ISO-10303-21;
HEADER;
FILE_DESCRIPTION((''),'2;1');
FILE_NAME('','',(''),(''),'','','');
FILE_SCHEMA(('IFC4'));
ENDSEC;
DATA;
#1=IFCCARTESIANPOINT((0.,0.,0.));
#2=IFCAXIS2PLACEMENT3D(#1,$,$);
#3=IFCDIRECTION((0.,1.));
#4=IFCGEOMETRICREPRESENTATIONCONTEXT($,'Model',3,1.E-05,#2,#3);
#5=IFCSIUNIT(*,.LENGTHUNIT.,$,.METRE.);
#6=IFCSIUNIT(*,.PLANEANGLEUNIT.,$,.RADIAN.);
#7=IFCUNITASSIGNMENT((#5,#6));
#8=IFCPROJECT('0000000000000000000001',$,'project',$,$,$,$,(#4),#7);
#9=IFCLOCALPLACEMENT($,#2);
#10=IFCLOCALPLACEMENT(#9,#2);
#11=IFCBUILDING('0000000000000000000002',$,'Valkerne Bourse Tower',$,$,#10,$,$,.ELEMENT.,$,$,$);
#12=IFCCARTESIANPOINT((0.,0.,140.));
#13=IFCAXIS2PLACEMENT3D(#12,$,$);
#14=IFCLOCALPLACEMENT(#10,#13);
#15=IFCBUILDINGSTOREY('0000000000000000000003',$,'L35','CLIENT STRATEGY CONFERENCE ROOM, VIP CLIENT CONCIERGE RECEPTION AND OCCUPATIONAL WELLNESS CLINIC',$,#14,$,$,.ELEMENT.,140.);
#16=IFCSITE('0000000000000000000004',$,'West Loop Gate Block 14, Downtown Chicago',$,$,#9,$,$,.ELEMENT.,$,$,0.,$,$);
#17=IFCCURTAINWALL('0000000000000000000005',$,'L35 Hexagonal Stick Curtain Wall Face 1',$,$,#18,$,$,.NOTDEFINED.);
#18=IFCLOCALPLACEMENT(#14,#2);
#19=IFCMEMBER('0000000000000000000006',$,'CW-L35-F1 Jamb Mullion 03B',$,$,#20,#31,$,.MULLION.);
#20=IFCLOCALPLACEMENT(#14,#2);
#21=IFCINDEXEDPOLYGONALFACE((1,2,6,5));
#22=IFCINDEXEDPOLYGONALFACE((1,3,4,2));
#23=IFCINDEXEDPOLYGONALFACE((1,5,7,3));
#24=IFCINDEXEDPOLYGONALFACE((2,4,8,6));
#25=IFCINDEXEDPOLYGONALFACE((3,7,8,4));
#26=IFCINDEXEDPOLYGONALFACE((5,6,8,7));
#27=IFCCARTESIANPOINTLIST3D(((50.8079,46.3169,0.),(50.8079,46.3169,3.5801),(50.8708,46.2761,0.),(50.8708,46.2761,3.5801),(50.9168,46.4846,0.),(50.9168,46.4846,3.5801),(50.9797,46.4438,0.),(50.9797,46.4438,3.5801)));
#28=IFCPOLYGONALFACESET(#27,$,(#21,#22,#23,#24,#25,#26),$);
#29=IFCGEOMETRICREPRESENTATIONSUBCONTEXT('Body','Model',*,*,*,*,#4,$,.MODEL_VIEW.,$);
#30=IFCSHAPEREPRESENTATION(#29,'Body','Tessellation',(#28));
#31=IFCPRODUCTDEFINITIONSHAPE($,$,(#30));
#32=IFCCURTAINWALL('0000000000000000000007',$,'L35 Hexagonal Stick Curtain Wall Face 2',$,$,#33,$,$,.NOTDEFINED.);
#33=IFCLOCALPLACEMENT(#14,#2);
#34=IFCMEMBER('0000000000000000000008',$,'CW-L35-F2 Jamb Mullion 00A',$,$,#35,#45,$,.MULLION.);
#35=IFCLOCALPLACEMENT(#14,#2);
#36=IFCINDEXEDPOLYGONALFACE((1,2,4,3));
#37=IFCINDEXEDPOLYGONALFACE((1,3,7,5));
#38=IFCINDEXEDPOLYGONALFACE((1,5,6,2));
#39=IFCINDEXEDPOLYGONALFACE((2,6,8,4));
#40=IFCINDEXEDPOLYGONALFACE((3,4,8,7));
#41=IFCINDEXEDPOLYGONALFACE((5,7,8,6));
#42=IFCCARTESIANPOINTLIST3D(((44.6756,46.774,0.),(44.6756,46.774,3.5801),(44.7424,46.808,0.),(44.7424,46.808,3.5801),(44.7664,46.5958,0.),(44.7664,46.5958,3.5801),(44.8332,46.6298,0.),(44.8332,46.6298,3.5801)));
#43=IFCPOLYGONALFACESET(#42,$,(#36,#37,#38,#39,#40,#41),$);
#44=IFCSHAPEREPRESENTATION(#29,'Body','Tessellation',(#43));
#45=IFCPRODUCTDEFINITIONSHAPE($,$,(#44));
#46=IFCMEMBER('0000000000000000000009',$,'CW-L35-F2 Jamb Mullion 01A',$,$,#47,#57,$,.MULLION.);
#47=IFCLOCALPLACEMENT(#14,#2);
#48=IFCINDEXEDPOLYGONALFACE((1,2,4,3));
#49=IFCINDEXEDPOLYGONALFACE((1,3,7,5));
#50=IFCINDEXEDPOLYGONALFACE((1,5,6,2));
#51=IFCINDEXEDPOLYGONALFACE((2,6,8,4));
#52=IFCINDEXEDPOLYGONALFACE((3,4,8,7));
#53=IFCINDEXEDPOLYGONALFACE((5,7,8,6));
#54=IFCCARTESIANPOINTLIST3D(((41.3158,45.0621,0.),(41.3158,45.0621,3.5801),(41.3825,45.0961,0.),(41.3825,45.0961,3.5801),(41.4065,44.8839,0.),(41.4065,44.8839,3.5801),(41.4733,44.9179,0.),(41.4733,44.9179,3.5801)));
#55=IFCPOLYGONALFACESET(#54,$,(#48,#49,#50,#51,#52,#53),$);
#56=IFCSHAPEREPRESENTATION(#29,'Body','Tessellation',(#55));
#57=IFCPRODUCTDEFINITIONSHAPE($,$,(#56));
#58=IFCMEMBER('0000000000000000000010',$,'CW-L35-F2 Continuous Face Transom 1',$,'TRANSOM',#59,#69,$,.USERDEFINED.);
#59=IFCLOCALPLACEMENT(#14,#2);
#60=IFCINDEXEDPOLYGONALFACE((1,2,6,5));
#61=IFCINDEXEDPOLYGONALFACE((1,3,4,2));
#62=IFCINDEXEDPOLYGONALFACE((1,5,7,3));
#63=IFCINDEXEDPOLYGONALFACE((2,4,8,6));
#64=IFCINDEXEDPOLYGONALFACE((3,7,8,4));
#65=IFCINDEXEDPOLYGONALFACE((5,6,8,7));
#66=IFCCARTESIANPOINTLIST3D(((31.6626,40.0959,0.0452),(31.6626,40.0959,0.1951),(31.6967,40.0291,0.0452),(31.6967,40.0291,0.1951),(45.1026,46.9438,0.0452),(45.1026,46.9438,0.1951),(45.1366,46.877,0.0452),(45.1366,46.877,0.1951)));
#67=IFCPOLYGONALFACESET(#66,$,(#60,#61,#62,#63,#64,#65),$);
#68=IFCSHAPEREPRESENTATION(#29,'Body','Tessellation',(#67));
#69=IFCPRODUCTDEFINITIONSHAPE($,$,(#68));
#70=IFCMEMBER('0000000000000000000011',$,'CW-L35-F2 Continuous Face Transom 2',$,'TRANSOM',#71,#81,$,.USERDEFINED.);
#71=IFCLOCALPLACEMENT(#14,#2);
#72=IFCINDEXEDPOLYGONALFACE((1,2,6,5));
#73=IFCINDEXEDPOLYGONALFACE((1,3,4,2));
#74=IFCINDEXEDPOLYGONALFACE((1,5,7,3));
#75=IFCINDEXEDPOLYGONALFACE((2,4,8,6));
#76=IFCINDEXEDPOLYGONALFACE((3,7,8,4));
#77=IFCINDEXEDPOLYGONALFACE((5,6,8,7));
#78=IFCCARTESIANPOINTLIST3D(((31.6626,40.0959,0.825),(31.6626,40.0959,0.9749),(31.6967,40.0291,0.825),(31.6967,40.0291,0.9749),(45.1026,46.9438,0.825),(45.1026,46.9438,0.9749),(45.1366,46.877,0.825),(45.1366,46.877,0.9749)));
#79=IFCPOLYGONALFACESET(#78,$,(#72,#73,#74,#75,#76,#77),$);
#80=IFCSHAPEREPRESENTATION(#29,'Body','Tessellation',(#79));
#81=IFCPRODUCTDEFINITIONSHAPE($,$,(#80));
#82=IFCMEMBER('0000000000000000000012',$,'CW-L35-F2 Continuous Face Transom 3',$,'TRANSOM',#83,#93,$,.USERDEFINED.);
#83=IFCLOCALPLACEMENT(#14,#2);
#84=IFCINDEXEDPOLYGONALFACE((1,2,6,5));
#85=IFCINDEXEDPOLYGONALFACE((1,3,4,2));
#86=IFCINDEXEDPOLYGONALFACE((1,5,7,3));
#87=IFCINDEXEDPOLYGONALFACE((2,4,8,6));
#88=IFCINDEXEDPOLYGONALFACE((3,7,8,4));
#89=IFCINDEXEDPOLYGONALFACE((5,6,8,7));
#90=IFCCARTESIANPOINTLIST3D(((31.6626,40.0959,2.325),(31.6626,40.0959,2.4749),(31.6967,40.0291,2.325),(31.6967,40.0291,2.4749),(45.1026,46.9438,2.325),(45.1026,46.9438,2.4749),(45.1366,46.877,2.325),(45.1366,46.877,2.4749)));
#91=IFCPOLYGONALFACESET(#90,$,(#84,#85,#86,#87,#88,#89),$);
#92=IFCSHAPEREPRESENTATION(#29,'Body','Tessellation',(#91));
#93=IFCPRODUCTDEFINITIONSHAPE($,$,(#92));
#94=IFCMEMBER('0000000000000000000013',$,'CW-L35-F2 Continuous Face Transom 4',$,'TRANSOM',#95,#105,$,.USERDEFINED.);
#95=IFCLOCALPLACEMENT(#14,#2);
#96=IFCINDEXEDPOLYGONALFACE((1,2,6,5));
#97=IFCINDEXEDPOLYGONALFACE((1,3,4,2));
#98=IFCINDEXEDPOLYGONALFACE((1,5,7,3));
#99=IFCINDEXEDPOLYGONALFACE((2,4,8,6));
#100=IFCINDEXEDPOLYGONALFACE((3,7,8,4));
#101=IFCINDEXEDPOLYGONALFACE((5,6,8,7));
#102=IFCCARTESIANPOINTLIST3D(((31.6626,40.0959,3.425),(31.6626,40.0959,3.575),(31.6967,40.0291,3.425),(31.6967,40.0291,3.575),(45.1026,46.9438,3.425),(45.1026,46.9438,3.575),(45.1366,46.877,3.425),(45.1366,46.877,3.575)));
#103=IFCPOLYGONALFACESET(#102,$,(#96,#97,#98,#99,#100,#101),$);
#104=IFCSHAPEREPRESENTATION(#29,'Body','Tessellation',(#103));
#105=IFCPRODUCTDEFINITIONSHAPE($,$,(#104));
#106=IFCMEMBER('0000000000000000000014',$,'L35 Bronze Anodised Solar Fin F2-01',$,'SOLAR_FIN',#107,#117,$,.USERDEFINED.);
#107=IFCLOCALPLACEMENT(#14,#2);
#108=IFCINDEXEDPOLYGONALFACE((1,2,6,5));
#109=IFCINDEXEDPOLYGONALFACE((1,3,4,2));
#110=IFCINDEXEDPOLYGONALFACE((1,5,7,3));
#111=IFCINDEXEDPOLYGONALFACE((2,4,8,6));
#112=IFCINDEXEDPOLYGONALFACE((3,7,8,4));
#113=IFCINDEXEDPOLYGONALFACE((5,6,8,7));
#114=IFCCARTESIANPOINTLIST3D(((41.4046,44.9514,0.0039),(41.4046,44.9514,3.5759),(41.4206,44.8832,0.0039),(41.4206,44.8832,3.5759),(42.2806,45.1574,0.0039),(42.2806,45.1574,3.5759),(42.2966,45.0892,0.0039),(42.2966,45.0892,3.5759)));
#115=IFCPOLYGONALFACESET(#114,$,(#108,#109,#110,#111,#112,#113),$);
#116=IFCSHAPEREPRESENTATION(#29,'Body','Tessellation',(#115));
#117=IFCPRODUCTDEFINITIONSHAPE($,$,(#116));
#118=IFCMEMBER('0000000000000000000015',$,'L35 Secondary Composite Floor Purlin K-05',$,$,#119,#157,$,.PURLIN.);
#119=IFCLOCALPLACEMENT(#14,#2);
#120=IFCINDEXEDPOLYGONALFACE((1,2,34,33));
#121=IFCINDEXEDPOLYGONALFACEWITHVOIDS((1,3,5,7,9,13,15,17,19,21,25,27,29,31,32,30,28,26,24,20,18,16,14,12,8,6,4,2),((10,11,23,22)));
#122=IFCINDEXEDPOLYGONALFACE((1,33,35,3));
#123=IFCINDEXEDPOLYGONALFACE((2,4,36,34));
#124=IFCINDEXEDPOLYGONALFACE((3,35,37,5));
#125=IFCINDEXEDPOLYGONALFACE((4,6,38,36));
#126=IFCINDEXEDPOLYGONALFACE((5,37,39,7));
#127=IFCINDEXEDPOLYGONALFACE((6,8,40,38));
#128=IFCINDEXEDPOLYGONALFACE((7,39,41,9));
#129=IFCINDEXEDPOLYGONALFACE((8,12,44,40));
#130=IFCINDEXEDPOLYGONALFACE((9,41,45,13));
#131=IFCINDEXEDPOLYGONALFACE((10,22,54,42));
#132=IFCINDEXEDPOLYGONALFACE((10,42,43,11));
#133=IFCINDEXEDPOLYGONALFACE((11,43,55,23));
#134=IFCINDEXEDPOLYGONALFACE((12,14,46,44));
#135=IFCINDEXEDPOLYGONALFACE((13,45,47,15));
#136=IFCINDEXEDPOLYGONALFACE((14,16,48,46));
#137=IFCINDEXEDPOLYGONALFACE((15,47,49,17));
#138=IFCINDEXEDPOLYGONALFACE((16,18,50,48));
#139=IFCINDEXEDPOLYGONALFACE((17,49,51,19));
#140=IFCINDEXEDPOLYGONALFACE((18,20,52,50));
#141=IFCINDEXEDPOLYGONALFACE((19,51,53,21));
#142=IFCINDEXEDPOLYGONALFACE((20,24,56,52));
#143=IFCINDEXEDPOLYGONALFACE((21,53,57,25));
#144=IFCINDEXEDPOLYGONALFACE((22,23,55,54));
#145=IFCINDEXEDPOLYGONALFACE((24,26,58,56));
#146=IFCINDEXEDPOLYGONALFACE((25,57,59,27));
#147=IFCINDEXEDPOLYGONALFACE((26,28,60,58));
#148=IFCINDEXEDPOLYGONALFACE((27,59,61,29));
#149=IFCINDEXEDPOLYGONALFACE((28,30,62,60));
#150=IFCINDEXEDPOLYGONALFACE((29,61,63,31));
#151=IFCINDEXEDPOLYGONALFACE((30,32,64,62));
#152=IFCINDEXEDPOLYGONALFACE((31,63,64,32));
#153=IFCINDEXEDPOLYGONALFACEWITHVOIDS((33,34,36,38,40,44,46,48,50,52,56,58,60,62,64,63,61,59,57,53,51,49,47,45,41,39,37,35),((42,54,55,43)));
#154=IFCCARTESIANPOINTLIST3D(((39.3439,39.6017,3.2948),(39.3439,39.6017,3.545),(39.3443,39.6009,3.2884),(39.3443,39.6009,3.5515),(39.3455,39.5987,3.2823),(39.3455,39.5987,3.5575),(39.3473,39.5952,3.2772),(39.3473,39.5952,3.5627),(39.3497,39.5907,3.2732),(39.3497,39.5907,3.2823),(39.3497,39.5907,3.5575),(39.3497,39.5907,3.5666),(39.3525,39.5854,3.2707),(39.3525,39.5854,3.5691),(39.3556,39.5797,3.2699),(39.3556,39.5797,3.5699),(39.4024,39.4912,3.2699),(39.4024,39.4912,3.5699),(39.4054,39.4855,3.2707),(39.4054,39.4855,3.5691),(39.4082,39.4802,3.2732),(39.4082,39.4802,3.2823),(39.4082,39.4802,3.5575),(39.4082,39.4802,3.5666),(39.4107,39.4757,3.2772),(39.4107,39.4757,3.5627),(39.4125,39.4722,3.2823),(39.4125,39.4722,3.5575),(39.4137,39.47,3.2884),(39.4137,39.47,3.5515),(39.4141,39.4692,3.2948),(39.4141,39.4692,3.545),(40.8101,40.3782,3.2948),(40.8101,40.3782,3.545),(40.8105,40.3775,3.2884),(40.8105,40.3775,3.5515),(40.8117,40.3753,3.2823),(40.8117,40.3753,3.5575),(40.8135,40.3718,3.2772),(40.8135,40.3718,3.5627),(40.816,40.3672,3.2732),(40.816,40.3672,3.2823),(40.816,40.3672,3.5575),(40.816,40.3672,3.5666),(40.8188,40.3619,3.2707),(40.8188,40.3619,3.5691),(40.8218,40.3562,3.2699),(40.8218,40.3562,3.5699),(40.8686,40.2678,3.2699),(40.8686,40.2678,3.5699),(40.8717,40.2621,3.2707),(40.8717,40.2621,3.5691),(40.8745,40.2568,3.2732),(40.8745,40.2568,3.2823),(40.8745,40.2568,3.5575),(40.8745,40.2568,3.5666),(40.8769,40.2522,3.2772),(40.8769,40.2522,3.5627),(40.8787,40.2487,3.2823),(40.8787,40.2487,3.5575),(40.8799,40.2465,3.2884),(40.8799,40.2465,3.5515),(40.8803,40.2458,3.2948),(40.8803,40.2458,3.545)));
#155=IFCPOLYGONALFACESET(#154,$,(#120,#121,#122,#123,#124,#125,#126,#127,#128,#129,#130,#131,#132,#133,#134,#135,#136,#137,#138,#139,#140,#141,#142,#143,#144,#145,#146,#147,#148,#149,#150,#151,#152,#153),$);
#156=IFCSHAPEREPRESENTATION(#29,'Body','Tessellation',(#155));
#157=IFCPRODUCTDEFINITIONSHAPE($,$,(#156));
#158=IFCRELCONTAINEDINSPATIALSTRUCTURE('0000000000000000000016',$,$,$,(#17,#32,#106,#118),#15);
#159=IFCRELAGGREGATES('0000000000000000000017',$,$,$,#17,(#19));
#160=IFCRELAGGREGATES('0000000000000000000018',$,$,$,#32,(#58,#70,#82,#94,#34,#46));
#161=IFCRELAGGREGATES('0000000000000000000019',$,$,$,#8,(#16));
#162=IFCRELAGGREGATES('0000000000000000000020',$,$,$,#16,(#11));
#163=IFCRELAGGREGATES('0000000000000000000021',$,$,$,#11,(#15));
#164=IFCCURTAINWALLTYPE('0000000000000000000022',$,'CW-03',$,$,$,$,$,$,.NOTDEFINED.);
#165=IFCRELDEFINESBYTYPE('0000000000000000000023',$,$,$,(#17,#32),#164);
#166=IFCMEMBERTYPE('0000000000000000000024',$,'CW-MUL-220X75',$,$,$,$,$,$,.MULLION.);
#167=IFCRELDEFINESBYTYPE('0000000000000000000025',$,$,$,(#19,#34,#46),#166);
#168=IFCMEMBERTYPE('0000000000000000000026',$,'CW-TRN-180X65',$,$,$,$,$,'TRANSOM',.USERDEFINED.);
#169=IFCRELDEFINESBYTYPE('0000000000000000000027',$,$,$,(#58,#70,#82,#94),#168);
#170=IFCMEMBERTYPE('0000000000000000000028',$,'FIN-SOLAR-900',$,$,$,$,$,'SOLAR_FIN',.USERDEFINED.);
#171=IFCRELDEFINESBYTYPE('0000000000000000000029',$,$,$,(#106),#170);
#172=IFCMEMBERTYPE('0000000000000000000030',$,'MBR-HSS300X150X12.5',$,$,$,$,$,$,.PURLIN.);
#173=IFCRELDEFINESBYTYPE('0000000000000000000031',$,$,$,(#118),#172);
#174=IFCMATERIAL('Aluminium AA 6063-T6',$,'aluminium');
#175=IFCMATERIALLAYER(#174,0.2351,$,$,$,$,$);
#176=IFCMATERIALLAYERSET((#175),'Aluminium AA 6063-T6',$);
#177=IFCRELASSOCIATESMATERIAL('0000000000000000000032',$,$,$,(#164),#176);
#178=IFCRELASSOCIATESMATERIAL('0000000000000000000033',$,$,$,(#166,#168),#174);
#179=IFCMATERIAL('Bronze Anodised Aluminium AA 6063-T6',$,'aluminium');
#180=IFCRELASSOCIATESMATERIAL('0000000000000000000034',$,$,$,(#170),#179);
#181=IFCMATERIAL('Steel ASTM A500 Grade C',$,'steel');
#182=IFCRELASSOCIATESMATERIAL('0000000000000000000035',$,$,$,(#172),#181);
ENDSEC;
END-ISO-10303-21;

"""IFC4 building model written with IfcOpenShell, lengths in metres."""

from ifc_helpers import new_model, si_unit, direction, frame, origin, origin_2d, place, context, subcontext, project, spatial, rectangle, hollow_rectangle, extrude, material, layer, layer_set, material_profile, profile_set, type_object, element, aggregate, save


model = new_model("IFC4")

# Units and contexts
model_context = context("Model", 3, precision=1e-05, world=origin(), true_north=direction((0.0, 1.0)))
body_context = subcontext(model_context, "Body", "Model", "MODEL_VIEW")
ifc_project = project(units=[si_unit("LENGTHUNIT", "METRE"), si_unit("PLANEANGLEUNIT", "RADIAN")], contexts=[model_context])

# Site, building, storey
site_placement = place(None, origin())
site = spatial("IfcSite", under=ifc_project, at=site_placement, Name="West Loop Gate Block 14, Downtown Chicago", CompositionType="ELEMENT", RefElevation=0.0)
building_placement = place(site_placement, origin())
building = spatial("IfcBuilding", under=site, at=building_placement, Name="Valkerne Bourse Tower", CompositionType="ELEMENT")
storey_placement = place(building_placement, frame((0.0, 0.0, 140.0)))
storey = spatial("IfcBuildingStorey", under=building, at=storey_placement, Name="L35", Description="CLIENT STRATEGY CONFERENCE ROOM, VIP CLIENT CONCIERGE RECEPTION AND OCCUPATIONAL WELLNESS CLINIC", CompositionType="ELEMENT", Elevation=140.0)

# Curtain wall, member
ifc_material_1 = material(Name="Aluminium AA 6063-T6", Category="aluminium")
ifc_layer_1 = layer(ifc_material_1, 0.2351)
ifc_layer_set_1 = layer_set([ifc_layer_1], Name="Aluminium AA 6063-T6")
curtain_wall_type = type_object("IfcCurtainWallType", Name="CW-03", PredefinedType="NOTDEFINED", material=ifc_layer_set_1)
curtain_wall_1_placement = place(storey_placement, origin())
curtain_wall_1 = element("IfcCurtainWall", 1, at=curtain_wall_1_placement, inside=storey, type_object=curtain_wall_type, Name="L35 Hexagonal Stick Curtain Wall Face 1", PredefinedType="NOTDEFINED")
ifc_material_profile_1 = material_profile(ifc_material_1, rectangle(XDim=0.075, YDim=0.2, at=origin_2d()), Name="CWM-75X200")
ifc_profile_set_1 = profile_set([ifc_material_profile_1], Name="Aluminium AA 6063-T6")
member_type_1 = type_object("IfcMemberType", Name="CW-MUL-220X75", PredefinedType="MULLION", material=ifc_profile_set_1)
member_1_placement = place(storey_placement, frame((50.8938, 46.3804, 0.0), z_axis=(0.0, 0.0, 1.0), x_axis=(-0.83866, 0.544655, 0.0)))
member_1 = element("IfcMember", 2, at=member_1_placement, type_object=member_type_1, Name="CW-L35-F1 Jamb Mullion 03B", PredefinedType="MULLION", context=body_context, shape_type="SweptSolid", body=[
    extrude(rectangle(XDim=0.075, YDim=0.2, at=origin_2d()), origin(), (0.0, 0.0, 1.0), 3.5801),
])
aggregate(curtain_wall_1, [member_1])

# Curtain wall, members
curtain_wall_2_placement = place(storey_placement, origin())
curtain_wall_2 = element("IfcCurtainWall", 3, at=curtain_wall_2_placement, inside=storey, type_object=curtain_wall_type, Name="L35 Hexagonal Stick Curtain Wall Face 2", PredefinedType="NOTDEFINED")
member_2_placement = place(storey_placement, frame((44.7544, 46.7019, 0.0), z_axis=(0.0, 0.0, 1.0), x_axis=(-0.891007, -0.453989, 0.0)))
member_2 = element("IfcMember", 4, at=member_2_placement, type_object=member_type_1, Name="CW-L35-F2 Jamb Mullion 00A", PredefinedType="MULLION", context=body_context, shape_type="SweptSolid", body=[
    extrude(rectangle(XDim=0.075, YDim=0.2, at=origin_2d()), origin(), (0.0, 0.0, 1.0), 3.5801),
])
member_3_placement = place(storey_placement, frame((41.3945, 44.99, 0.0), z_axis=(0.0, 0.0, 1.0), x_axis=(-0.891007, -0.453989, 0.0)))
member_3 = element("IfcMember", 5, at=member_3_placement, type_object=member_type_1, Name="CW-L35-F2 Jamb Mullion 01A", PredefinedType="MULLION", context=body_context, shape_type="SweptSolid", body=[
    extrude(rectangle(XDim=0.075, YDim=0.2, at=origin_2d()), origin(), (0.0, 0.0, 1.0), 3.5801),
])
ifc_material_profile_2 = material_profile(ifc_material_1, rectangle(XDim=0.075, YDim=0.1499, at=origin_2d()), Name="CWT-75X150")
ifc_profile_set_2 = profile_set([ifc_material_profile_2], Name="Aluminium AA 6063-T6")
member_type_2 = type_object("IfcMemberType", Name="CW-TRN-180X65", ElementType="TRANSOM", PredefinedType="USERDEFINED", material=ifc_profile_set_2)
member_4_placement = place(storey_placement, frame((45.1196, 46.9104, 0.1201), z_axis=(-0.891009, -0.453986, 0.0), x_axis=(0.453986, -0.891009, 0.0)))
member_4 = element("IfcMember", 6, at=member_4_placement, type_object=member_type_2, Name="CW-L35-F2 Continuous Face Transom 1", ObjectType="TRANSOM", PredefinedType="USERDEFINED", context=body_context, shape_type="SweptSolid", body=[
    extrude(rectangle(XDim=0.075, YDim=0.1499, at=origin_2d()), origin(), (0.0, 0.0, 1.0), 15.084),
])
member_5_placement = place(storey_placement, frame((45.1196, 46.9104, 0.8999), z_axis=(-0.891009, -0.453986, 0.0), x_axis=(0.453986, -0.891009, 0.0)))
member_5 = element("IfcMember", 7, at=member_5_placement, type_object=member_type_2, Name="CW-L35-F2 Continuous Face Transom 2", ObjectType="TRANSOM", PredefinedType="USERDEFINED", context=body_context, shape_type="SweptSolid", body=[
    extrude(rectangle(XDim=0.075, YDim=0.1499, at=origin_2d()), origin(), (0.0, 0.0, 1.0), 15.084),
])
member_6_placement = place(storey_placement, frame((45.1196, 46.9104, 2.3999), z_axis=(-0.891009, -0.453986, 0.0), x_axis=(0.453986, -0.891009, 0.0)))
member_6 = element("IfcMember", 8, at=member_6_placement, type_object=member_type_2, Name="CW-L35-F2 Continuous Face Transom 3", ObjectType="TRANSOM", PredefinedType="USERDEFINED", context=body_context, shape_type="SweptSolid", body=[
    extrude(rectangle(XDim=0.075, YDim=0.1499, at=origin_2d()), origin(), (0.0, 0.0, 1.0), 15.084),
])
member_7_placement = place(storey_placement, frame((45.1196, 46.9104, 3.5), z_axis=(-0.891009, -0.453986, 0.0), x_axis=(0.453986, -0.891009, 0.0)))
member_7 = element("IfcMember", 9, at=member_7_placement, type_object=member_type_2, Name="CW-L35-F2 Continuous Face Transom 4", ObjectType="TRANSOM", PredefinedType="USERDEFINED", context=body_context, shape_type="SweptSolid", body=[
    extrude(rectangle(XDim=0.075, YDim=0.1499, at=origin_2d()), origin(), (0.0, 0.0, 1.0), 15.084),
])

# Members
ifc_material_2 = material(Name="Bronze Anodised Aluminium AA 6063-T6", Category="aluminium")
ifc_material_profile_3 = material_profile(ifc_material_2, rectangle(XDim=0.0701, YDim=0.8999, at=origin_2d()), Name="FIN-70X900")
ifc_profile_set_3 = profile_set([ifc_material_profile_3], Name="Bronze Anodised Aluminium AA 6063-T6")
member_type_3 = type_object("IfcMemberType", Name="FIN-SOLAR-900", ElementType="SOLAR_FIN", PredefinedType="USERDEFINED", material=ifc_profile_set_3)
member_8_placement = place(storey_placement, frame((41.8506, 45.0203, 0.0039), z_axis=(0.0, 0.0, 1.0), x_axis=(-0.228935, 0.973442, 0.0)))
element("IfcMember", 10, at=member_8_placement, inside=storey, type_object=member_type_3, Name="L35 Bronze Anodised Solar Fin F2-01", ObjectType="SOLAR_FIN", PredefinedType="USERDEFINED", context=body_context, shape_type="SweptSolid", body=[
    extrude(rectangle(XDim=0.0701, YDim=0.8999, at=origin_2d()), origin(), (0.0, 0.0, 1.0), 3.572),
])
ifc_material_3 = material(Name="Steel ASTM A500 Grade C", Category="steel")
ifc_material_profile_4 = material_profile(ifc_material_3, hollow_rectangle(XDim=0.1499, YDim=0.3, WallThickness=0.0125, OuterFilletRadius=0.0249, at=origin_2d()), Name="HSS300X150X12.5")
ifc_profile_set_4 = profile_set([ifc_material_profile_4], Name="Steel ASTM A500 Grade C")
member_type_4 = type_object("IfcMemberType", Name="MBR-HSS300X150X12.5", PredefinedType="PURLIN", material=ifc_profile_set_4)
member_9_placement = place(storey_placement, frame((40.8452, 40.312, 3.4199), z_axis=(-0.883706, -0.468043, 0.0), x_axis=(0.468043, -0.883706, 0.0)))
element("IfcMember", 11, at=member_9_placement, inside=storey, type_object=member_type_4, Name="L35 Secondary Composite Floor Purlin K-05", PredefinedType="PURLIN", context=body_context, shape_type="SweptSolid", body=[
    extrude(hollow_rectangle(XDim=0.1499, YDim=0.3, WallThickness=0.0125, OuterFilletRadius=0.0249, at=origin_2d()), origin(), (0.0, 0.0, 1.0), 1.6592),
])

aggregate(curtain_wall_2, [member_4, member_5, member_6, member_7, member_2, member_3])

save(model, "model.ifc")
